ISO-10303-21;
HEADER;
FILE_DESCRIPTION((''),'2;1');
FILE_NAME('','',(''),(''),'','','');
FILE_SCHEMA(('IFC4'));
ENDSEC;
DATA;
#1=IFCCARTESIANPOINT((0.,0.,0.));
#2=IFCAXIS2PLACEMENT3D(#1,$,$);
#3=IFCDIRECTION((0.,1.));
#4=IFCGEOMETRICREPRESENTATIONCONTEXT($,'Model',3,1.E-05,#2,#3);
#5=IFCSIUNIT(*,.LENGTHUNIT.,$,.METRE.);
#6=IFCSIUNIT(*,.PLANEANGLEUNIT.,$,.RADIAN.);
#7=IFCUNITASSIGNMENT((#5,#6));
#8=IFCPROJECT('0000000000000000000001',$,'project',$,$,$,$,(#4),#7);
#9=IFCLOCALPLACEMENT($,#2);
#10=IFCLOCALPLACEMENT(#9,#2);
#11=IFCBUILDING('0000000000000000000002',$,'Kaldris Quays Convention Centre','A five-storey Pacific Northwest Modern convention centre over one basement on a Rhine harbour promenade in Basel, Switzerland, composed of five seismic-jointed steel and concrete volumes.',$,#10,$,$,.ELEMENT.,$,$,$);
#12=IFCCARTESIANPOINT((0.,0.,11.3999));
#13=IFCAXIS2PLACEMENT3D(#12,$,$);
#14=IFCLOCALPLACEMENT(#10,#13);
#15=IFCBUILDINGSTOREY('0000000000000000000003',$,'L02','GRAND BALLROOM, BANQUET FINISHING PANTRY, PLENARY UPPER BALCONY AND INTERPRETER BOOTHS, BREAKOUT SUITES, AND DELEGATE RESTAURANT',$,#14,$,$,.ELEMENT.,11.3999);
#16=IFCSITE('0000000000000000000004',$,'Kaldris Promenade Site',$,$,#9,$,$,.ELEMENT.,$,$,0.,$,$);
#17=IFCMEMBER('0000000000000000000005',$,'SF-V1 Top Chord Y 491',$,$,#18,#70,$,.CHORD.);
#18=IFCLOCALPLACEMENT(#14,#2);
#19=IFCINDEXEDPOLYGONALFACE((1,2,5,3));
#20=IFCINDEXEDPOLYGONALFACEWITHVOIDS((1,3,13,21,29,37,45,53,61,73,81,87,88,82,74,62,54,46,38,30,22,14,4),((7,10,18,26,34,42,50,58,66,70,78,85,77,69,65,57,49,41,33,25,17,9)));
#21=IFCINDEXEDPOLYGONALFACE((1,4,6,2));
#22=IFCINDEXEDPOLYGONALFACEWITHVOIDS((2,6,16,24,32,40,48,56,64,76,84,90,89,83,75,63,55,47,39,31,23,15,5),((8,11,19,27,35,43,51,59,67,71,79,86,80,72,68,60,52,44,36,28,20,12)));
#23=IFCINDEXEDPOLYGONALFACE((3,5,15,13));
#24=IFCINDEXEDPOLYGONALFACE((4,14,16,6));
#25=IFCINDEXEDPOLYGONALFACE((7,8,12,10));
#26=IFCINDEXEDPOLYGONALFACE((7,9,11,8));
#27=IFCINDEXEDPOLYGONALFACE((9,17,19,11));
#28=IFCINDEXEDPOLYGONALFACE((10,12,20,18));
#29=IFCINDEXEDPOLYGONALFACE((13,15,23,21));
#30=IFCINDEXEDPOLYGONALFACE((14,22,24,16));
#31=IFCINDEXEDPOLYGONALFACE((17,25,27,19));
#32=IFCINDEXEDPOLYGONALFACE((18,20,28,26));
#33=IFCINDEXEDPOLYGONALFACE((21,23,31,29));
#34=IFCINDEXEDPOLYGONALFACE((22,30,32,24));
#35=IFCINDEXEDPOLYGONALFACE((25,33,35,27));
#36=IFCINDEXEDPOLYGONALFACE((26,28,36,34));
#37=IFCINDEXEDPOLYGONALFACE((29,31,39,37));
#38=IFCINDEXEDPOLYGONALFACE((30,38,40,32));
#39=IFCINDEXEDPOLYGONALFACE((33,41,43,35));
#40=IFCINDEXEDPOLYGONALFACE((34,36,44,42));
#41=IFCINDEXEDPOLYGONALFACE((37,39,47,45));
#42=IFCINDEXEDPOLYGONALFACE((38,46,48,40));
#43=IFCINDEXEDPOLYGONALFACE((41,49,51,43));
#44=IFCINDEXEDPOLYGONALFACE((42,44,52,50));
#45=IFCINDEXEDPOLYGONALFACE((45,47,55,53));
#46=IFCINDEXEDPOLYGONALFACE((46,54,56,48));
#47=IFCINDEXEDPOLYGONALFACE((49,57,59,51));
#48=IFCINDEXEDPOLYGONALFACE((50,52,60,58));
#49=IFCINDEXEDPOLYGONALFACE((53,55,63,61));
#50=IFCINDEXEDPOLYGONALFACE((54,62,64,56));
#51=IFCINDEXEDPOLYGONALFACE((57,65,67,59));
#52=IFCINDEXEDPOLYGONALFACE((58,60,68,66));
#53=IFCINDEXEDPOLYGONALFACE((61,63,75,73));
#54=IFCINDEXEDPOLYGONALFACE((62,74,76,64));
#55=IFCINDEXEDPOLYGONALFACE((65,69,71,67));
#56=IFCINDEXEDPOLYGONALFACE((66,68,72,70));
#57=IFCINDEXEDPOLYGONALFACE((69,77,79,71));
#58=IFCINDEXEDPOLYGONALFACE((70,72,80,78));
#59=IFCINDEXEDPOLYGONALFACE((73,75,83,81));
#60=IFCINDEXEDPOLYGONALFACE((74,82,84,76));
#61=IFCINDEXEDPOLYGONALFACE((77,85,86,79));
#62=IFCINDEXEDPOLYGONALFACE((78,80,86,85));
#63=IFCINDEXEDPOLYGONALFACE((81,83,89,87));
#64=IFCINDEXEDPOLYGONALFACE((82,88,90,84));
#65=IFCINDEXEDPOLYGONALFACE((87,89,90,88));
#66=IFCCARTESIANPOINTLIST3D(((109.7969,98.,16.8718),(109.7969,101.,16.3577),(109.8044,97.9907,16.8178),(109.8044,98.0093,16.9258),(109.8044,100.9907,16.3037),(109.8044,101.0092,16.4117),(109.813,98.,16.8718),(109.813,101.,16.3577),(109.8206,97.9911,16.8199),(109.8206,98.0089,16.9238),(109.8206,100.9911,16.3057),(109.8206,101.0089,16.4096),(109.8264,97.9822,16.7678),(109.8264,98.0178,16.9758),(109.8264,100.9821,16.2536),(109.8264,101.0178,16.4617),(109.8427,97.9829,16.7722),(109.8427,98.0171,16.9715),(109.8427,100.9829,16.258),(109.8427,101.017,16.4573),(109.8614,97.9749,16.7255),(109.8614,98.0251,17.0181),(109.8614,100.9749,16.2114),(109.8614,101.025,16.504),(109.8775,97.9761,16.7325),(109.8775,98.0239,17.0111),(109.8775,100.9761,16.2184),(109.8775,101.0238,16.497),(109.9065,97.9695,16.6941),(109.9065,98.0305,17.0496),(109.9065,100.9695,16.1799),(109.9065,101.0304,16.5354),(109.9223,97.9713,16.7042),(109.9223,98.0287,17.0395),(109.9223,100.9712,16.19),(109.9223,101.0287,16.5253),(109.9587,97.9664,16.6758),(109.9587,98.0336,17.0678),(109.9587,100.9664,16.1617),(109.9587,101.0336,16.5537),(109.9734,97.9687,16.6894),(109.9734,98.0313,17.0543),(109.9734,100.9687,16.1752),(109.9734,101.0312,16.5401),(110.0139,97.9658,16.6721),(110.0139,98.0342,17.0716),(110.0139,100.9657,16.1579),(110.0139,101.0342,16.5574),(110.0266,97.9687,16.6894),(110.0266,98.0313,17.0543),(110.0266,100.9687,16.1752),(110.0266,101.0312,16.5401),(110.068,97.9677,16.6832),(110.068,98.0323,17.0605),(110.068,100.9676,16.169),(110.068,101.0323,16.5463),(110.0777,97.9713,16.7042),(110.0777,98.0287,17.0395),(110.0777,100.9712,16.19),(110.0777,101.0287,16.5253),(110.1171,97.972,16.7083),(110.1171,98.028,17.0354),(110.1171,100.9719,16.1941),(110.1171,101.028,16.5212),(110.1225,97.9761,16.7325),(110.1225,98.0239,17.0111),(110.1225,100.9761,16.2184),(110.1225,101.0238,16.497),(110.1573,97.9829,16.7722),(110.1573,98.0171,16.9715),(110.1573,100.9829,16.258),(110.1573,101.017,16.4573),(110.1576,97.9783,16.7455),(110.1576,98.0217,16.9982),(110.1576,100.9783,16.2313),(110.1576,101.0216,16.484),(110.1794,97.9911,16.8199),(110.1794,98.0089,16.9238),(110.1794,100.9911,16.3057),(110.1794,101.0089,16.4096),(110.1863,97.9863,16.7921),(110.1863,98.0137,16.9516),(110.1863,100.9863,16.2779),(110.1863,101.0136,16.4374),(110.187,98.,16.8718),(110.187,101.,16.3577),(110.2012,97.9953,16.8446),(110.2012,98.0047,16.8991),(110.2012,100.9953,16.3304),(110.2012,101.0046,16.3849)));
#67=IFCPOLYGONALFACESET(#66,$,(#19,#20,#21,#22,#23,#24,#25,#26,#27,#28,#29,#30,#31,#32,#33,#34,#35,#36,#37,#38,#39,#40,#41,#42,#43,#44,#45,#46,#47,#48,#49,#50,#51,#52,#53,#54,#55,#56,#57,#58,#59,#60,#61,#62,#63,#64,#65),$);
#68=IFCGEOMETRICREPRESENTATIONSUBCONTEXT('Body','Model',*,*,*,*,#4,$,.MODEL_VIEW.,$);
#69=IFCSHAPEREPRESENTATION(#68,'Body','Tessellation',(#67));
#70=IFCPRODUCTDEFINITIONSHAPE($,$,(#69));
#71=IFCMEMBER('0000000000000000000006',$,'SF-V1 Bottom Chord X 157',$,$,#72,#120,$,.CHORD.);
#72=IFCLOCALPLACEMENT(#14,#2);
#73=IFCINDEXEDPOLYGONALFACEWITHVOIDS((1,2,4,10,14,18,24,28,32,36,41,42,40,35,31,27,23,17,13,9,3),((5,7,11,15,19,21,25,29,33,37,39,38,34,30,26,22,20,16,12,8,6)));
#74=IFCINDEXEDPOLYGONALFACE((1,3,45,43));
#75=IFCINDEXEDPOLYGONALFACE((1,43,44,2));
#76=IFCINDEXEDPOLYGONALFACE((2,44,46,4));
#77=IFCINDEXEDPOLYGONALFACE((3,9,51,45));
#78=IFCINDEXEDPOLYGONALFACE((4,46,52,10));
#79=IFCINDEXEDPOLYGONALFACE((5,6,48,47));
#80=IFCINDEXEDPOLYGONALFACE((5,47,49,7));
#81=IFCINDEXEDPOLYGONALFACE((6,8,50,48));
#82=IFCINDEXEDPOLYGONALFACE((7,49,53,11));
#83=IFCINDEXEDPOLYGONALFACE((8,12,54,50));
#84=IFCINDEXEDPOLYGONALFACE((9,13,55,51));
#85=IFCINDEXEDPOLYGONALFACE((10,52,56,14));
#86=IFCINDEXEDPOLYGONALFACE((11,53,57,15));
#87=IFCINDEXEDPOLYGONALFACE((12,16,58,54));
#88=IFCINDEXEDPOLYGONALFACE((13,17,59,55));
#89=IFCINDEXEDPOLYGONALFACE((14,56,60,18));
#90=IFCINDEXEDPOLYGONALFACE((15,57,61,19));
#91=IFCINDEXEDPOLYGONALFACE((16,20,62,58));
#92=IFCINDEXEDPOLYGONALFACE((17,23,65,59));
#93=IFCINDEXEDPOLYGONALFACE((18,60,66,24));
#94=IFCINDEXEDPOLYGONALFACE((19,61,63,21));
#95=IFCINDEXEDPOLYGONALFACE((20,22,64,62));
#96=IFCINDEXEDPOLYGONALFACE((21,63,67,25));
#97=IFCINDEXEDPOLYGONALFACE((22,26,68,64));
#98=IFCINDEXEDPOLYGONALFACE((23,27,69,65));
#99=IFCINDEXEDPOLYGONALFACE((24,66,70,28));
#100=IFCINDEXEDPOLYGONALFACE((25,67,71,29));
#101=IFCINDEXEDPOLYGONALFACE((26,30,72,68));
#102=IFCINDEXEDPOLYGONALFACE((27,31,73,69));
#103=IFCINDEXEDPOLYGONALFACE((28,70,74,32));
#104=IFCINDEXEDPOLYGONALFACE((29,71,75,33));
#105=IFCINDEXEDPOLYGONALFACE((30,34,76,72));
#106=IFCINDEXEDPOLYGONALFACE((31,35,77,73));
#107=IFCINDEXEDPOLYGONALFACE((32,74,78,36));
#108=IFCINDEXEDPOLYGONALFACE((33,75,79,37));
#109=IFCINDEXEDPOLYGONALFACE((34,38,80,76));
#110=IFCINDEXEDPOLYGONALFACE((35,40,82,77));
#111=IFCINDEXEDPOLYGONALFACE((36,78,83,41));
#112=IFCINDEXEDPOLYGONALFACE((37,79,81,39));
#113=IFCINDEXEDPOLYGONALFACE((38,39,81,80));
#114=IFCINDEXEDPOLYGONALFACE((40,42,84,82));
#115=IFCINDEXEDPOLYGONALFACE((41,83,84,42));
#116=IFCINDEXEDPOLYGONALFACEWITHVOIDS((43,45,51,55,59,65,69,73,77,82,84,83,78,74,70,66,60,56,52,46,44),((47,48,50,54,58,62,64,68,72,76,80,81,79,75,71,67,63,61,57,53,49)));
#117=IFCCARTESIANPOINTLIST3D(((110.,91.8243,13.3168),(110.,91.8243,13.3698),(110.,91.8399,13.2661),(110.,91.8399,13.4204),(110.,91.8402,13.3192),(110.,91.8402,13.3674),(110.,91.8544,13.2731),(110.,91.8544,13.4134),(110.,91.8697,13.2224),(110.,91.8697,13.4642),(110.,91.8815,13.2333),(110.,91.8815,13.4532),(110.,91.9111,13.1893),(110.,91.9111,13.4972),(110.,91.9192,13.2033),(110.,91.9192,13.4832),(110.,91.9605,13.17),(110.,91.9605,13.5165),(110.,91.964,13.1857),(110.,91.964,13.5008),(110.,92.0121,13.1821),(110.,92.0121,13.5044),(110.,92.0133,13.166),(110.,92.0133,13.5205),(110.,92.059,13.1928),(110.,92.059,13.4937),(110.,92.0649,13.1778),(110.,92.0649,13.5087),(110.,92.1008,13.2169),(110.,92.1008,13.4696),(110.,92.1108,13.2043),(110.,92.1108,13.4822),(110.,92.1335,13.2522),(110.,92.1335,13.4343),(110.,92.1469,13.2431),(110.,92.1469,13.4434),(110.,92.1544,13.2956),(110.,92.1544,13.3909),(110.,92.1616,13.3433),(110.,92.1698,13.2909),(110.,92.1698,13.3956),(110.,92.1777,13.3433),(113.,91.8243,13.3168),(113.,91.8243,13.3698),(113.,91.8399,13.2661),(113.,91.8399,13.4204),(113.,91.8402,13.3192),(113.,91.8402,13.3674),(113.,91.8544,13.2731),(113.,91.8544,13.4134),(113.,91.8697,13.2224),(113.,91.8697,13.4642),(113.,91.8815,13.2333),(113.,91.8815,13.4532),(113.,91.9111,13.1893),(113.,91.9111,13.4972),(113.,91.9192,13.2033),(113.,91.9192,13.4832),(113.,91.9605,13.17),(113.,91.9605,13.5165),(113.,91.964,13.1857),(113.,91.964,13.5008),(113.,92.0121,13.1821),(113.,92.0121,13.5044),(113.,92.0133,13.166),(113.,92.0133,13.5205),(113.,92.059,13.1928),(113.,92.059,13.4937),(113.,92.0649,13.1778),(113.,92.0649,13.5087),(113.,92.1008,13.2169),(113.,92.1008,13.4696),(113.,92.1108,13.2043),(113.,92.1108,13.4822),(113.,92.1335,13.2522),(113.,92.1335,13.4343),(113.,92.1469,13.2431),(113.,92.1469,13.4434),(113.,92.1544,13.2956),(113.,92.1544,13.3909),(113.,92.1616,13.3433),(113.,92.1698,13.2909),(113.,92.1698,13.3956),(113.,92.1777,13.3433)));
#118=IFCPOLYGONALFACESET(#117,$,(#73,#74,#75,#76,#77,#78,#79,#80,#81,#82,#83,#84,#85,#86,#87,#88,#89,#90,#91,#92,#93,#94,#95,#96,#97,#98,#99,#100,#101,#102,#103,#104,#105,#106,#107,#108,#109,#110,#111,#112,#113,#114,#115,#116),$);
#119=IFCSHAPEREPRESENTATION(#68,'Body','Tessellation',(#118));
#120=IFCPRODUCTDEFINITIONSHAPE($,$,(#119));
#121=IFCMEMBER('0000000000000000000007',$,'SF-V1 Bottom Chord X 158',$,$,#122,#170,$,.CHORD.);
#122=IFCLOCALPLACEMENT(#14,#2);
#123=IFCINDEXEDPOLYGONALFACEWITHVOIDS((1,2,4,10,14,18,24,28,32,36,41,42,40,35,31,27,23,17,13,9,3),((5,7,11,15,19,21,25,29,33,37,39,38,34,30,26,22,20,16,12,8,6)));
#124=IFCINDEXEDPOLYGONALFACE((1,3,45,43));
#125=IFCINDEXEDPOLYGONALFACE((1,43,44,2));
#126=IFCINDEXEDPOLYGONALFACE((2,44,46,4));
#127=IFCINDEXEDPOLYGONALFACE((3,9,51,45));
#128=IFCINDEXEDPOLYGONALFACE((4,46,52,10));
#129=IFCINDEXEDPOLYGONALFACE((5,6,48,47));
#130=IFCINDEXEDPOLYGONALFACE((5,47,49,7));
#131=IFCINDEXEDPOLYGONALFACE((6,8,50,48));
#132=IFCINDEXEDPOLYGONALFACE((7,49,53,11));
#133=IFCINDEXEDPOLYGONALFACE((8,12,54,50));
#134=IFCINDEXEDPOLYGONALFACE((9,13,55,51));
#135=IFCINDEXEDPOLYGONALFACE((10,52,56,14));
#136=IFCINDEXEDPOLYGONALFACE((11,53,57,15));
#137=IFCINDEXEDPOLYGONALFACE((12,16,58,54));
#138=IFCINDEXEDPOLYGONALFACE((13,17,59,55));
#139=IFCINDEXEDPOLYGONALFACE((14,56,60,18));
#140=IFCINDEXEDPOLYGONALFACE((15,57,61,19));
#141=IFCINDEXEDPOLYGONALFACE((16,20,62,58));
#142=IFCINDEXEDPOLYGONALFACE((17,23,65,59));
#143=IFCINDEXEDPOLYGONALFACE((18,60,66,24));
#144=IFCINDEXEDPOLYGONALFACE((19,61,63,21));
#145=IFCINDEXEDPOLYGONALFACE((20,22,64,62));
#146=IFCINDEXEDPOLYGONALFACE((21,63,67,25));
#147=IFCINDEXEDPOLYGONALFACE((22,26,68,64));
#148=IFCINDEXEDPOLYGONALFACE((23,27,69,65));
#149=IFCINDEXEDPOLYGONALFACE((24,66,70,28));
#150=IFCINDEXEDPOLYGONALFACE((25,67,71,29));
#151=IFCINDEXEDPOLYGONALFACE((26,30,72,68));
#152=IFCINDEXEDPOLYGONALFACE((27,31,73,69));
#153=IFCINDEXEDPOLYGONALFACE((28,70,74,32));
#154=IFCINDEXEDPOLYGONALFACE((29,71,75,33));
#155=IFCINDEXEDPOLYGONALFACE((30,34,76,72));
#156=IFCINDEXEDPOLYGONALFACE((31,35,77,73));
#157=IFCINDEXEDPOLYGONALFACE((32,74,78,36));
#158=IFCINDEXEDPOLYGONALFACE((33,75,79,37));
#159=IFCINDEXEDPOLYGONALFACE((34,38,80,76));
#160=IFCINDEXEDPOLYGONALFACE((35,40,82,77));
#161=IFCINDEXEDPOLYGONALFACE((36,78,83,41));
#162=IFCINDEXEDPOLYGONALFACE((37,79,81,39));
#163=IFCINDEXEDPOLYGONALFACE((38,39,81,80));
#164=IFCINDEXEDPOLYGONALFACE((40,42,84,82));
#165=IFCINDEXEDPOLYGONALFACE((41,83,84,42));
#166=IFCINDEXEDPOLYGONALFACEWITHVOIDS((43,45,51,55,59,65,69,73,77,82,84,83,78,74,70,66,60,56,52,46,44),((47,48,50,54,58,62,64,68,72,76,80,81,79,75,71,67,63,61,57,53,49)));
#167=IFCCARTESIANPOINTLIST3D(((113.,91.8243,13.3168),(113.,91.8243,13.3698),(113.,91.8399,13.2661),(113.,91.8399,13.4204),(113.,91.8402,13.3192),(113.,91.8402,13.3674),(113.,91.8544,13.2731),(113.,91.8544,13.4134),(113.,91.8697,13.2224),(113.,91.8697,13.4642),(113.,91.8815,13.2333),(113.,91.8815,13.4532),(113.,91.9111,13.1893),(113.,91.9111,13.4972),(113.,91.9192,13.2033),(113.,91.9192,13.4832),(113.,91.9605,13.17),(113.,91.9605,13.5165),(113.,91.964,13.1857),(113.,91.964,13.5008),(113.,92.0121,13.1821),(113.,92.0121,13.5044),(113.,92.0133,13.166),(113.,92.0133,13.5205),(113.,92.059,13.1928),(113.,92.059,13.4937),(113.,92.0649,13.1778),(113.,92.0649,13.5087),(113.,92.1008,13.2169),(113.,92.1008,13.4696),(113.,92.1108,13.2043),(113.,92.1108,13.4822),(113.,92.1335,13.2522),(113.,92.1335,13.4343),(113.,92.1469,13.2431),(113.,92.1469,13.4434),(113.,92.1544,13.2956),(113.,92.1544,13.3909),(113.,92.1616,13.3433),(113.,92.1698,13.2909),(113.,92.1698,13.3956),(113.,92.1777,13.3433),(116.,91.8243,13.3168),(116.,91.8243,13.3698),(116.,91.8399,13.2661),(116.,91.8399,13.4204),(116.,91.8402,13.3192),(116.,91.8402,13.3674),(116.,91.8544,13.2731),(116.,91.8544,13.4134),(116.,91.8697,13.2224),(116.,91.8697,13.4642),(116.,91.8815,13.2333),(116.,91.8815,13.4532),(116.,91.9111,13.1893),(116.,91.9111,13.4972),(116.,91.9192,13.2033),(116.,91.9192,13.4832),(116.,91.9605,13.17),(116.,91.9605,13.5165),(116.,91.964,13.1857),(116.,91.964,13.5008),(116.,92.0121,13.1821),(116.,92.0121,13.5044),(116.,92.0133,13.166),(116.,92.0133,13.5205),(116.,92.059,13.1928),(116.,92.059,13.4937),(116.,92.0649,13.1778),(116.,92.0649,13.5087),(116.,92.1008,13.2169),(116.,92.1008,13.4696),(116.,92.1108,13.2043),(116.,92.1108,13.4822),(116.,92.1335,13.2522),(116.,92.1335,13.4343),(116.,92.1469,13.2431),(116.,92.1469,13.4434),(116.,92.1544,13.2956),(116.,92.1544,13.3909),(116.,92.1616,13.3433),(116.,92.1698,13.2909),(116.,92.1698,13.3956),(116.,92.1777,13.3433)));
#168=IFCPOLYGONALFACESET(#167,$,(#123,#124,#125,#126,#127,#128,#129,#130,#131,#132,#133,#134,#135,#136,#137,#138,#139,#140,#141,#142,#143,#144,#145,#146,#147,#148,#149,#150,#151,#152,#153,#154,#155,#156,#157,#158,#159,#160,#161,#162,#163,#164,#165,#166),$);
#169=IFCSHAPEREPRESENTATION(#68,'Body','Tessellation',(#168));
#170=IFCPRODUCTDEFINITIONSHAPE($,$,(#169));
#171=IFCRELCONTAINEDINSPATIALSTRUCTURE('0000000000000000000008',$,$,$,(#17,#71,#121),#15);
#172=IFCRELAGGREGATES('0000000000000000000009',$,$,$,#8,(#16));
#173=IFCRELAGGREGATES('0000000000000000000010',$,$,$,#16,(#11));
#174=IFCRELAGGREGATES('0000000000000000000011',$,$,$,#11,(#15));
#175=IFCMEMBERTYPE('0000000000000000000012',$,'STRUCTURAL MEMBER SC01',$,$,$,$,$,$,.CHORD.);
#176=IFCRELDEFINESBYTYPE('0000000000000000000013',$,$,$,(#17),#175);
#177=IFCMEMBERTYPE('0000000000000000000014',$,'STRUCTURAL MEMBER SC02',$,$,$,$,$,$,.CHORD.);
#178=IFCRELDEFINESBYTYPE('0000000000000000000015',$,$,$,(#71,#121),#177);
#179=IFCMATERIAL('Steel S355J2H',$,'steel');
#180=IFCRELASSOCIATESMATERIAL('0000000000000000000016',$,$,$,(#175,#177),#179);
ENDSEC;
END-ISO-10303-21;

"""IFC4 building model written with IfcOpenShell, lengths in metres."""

from ifc_helpers import new_model, si_unit, direction, frame, origin, origin_2d, place, context, subcontext, project, spatial, hollow_circle, extrude, material, material_profile, profile_set, type_object, element, save


model = new_model("IFC4")

# Units and contexts
model_context = context("Model", 3, precision=1e-05, world=origin(), true_north=direction((0.0, 1.0)))
body_context = subcontext(model_context, "Body", "Model", "MODEL_VIEW")
ifc_project = project(units=[si_unit("LENGTHUNIT", "METRE"), si_unit("PLANEANGLEUNIT", "RADIAN")], contexts=[model_context])

# Site, building, storey
site_placement = place(None, origin())
site = spatial("IfcSite", under=ifc_project, at=site_placement, Name="Kaldris Promenade Site", CompositionType="ELEMENT", RefElevation=0.0)
building_placement = place(site_placement, origin())
building = spatial("IfcBuilding", under=site, at=building_placement, Name="Kaldris Quays Convention Centre", Description="A five-storey Pacific Northwest Modern convention centre over one basement on a Rhine harbour promenade in Basel, Switzerland, composed of five seismic-jointed steel and concrete volumes.", CompositionType="ELEMENT")
storey_placement = place(building_placement, frame((0.0, 0.0, 11.3999)))
storey = spatial("IfcBuildingStorey", under=building, at=storey_placement, Name="L02", Description="GRAND BALLROOM, BANQUET FINISHING PANTRY, PLENARY UPPER BALCONY AND INTERPRETER BOOTHS, BREAKOUT SUITES, AND DELEGATE RESTAURANT", CompositionType="ELEMENT", Elevation=11.3999)

# Members
ifc_material_1 = material(Name="Steel S355J2H", Category="steel")
ifc_material_profile_1 = material_profile(ifc_material_1, hollow_circle(Radius=0.2031, WallThickness=0.0161, at=origin_2d()), Name="CHS 406.4x16")
ifc_profile_set_1 = profile_set([ifc_material_profile_1], Name="Steel S355J2H")
member_type_1 = type_object("IfcMemberType", Name="STRUCTURAL MEMBER SC01", PredefinedType="CHORD", material=ifc_profile_set_1)
for number, where, z_axis, x_axis, name in (
    (1, (110.0, 98.0, 16.8718), (0.0, 0.985629, -0.168924), (-1.0, 0.0, 0.0), "SF-V1 Top Chord Y 491"),
):
    element("IfcMember", number, at=place(storey_placement, frame(where, z_axis=z_axis, x_axis=x_axis)), inside=storey, type_object=member_type_1, Name=name, PredefinedType="CHORD", context=body_context, shape_type="SweptSolid", body=[
        extrude(hollow_circle(Radius=0.2031, WallThickness=0.0161, at=origin_2d()), origin(), (0.0, 0.0, 1.0), 3.0437),
    ])
ifc_material_profile_2 = material_profile(ifc_material_1, hollow_circle(Radius=0.1777, WallThickness=0.0161, at=origin_2d()), Name="CHS 355.6x16")
ifc_profile_set_2 = profile_set([ifc_material_profile_2], Name="Steel S355J2H")
member_type_2 = type_object("IfcMemberType", Name="STRUCTURAL MEMBER SC02", PredefinedType="CHORD", material=ifc_profile_set_2)
for number, where, z_axis, x_axis, name in (
    (2, (110.0, 92.0, 13.3433), (1.0, 0.0, 0.0), (0.0, 1.0, 0.0), "SF-V1 Bottom Chord X 157"),
    (3, (113.0, 92.0, 13.3433), (1.0, 0.0, 0.0), (0.0, 1.0, 0.0), "SF-V1 Bottom Chord X 158"),
):
    element("IfcMember", number, at=place(storey_placement, frame(where, z_axis=z_axis, x_axis=x_axis)), inside=storey, type_object=member_type_2, Name=name, PredefinedType="CHORD", context=body_context, shape_type="SweptSolid", body=[
        extrude(hollow_circle(Radius=0.1777, WallThickness=0.0161, at=origin_2d()), origin(), (0.0, 0.0, 1.0), 3.0),
    ])

save(model, "model.ifc")
